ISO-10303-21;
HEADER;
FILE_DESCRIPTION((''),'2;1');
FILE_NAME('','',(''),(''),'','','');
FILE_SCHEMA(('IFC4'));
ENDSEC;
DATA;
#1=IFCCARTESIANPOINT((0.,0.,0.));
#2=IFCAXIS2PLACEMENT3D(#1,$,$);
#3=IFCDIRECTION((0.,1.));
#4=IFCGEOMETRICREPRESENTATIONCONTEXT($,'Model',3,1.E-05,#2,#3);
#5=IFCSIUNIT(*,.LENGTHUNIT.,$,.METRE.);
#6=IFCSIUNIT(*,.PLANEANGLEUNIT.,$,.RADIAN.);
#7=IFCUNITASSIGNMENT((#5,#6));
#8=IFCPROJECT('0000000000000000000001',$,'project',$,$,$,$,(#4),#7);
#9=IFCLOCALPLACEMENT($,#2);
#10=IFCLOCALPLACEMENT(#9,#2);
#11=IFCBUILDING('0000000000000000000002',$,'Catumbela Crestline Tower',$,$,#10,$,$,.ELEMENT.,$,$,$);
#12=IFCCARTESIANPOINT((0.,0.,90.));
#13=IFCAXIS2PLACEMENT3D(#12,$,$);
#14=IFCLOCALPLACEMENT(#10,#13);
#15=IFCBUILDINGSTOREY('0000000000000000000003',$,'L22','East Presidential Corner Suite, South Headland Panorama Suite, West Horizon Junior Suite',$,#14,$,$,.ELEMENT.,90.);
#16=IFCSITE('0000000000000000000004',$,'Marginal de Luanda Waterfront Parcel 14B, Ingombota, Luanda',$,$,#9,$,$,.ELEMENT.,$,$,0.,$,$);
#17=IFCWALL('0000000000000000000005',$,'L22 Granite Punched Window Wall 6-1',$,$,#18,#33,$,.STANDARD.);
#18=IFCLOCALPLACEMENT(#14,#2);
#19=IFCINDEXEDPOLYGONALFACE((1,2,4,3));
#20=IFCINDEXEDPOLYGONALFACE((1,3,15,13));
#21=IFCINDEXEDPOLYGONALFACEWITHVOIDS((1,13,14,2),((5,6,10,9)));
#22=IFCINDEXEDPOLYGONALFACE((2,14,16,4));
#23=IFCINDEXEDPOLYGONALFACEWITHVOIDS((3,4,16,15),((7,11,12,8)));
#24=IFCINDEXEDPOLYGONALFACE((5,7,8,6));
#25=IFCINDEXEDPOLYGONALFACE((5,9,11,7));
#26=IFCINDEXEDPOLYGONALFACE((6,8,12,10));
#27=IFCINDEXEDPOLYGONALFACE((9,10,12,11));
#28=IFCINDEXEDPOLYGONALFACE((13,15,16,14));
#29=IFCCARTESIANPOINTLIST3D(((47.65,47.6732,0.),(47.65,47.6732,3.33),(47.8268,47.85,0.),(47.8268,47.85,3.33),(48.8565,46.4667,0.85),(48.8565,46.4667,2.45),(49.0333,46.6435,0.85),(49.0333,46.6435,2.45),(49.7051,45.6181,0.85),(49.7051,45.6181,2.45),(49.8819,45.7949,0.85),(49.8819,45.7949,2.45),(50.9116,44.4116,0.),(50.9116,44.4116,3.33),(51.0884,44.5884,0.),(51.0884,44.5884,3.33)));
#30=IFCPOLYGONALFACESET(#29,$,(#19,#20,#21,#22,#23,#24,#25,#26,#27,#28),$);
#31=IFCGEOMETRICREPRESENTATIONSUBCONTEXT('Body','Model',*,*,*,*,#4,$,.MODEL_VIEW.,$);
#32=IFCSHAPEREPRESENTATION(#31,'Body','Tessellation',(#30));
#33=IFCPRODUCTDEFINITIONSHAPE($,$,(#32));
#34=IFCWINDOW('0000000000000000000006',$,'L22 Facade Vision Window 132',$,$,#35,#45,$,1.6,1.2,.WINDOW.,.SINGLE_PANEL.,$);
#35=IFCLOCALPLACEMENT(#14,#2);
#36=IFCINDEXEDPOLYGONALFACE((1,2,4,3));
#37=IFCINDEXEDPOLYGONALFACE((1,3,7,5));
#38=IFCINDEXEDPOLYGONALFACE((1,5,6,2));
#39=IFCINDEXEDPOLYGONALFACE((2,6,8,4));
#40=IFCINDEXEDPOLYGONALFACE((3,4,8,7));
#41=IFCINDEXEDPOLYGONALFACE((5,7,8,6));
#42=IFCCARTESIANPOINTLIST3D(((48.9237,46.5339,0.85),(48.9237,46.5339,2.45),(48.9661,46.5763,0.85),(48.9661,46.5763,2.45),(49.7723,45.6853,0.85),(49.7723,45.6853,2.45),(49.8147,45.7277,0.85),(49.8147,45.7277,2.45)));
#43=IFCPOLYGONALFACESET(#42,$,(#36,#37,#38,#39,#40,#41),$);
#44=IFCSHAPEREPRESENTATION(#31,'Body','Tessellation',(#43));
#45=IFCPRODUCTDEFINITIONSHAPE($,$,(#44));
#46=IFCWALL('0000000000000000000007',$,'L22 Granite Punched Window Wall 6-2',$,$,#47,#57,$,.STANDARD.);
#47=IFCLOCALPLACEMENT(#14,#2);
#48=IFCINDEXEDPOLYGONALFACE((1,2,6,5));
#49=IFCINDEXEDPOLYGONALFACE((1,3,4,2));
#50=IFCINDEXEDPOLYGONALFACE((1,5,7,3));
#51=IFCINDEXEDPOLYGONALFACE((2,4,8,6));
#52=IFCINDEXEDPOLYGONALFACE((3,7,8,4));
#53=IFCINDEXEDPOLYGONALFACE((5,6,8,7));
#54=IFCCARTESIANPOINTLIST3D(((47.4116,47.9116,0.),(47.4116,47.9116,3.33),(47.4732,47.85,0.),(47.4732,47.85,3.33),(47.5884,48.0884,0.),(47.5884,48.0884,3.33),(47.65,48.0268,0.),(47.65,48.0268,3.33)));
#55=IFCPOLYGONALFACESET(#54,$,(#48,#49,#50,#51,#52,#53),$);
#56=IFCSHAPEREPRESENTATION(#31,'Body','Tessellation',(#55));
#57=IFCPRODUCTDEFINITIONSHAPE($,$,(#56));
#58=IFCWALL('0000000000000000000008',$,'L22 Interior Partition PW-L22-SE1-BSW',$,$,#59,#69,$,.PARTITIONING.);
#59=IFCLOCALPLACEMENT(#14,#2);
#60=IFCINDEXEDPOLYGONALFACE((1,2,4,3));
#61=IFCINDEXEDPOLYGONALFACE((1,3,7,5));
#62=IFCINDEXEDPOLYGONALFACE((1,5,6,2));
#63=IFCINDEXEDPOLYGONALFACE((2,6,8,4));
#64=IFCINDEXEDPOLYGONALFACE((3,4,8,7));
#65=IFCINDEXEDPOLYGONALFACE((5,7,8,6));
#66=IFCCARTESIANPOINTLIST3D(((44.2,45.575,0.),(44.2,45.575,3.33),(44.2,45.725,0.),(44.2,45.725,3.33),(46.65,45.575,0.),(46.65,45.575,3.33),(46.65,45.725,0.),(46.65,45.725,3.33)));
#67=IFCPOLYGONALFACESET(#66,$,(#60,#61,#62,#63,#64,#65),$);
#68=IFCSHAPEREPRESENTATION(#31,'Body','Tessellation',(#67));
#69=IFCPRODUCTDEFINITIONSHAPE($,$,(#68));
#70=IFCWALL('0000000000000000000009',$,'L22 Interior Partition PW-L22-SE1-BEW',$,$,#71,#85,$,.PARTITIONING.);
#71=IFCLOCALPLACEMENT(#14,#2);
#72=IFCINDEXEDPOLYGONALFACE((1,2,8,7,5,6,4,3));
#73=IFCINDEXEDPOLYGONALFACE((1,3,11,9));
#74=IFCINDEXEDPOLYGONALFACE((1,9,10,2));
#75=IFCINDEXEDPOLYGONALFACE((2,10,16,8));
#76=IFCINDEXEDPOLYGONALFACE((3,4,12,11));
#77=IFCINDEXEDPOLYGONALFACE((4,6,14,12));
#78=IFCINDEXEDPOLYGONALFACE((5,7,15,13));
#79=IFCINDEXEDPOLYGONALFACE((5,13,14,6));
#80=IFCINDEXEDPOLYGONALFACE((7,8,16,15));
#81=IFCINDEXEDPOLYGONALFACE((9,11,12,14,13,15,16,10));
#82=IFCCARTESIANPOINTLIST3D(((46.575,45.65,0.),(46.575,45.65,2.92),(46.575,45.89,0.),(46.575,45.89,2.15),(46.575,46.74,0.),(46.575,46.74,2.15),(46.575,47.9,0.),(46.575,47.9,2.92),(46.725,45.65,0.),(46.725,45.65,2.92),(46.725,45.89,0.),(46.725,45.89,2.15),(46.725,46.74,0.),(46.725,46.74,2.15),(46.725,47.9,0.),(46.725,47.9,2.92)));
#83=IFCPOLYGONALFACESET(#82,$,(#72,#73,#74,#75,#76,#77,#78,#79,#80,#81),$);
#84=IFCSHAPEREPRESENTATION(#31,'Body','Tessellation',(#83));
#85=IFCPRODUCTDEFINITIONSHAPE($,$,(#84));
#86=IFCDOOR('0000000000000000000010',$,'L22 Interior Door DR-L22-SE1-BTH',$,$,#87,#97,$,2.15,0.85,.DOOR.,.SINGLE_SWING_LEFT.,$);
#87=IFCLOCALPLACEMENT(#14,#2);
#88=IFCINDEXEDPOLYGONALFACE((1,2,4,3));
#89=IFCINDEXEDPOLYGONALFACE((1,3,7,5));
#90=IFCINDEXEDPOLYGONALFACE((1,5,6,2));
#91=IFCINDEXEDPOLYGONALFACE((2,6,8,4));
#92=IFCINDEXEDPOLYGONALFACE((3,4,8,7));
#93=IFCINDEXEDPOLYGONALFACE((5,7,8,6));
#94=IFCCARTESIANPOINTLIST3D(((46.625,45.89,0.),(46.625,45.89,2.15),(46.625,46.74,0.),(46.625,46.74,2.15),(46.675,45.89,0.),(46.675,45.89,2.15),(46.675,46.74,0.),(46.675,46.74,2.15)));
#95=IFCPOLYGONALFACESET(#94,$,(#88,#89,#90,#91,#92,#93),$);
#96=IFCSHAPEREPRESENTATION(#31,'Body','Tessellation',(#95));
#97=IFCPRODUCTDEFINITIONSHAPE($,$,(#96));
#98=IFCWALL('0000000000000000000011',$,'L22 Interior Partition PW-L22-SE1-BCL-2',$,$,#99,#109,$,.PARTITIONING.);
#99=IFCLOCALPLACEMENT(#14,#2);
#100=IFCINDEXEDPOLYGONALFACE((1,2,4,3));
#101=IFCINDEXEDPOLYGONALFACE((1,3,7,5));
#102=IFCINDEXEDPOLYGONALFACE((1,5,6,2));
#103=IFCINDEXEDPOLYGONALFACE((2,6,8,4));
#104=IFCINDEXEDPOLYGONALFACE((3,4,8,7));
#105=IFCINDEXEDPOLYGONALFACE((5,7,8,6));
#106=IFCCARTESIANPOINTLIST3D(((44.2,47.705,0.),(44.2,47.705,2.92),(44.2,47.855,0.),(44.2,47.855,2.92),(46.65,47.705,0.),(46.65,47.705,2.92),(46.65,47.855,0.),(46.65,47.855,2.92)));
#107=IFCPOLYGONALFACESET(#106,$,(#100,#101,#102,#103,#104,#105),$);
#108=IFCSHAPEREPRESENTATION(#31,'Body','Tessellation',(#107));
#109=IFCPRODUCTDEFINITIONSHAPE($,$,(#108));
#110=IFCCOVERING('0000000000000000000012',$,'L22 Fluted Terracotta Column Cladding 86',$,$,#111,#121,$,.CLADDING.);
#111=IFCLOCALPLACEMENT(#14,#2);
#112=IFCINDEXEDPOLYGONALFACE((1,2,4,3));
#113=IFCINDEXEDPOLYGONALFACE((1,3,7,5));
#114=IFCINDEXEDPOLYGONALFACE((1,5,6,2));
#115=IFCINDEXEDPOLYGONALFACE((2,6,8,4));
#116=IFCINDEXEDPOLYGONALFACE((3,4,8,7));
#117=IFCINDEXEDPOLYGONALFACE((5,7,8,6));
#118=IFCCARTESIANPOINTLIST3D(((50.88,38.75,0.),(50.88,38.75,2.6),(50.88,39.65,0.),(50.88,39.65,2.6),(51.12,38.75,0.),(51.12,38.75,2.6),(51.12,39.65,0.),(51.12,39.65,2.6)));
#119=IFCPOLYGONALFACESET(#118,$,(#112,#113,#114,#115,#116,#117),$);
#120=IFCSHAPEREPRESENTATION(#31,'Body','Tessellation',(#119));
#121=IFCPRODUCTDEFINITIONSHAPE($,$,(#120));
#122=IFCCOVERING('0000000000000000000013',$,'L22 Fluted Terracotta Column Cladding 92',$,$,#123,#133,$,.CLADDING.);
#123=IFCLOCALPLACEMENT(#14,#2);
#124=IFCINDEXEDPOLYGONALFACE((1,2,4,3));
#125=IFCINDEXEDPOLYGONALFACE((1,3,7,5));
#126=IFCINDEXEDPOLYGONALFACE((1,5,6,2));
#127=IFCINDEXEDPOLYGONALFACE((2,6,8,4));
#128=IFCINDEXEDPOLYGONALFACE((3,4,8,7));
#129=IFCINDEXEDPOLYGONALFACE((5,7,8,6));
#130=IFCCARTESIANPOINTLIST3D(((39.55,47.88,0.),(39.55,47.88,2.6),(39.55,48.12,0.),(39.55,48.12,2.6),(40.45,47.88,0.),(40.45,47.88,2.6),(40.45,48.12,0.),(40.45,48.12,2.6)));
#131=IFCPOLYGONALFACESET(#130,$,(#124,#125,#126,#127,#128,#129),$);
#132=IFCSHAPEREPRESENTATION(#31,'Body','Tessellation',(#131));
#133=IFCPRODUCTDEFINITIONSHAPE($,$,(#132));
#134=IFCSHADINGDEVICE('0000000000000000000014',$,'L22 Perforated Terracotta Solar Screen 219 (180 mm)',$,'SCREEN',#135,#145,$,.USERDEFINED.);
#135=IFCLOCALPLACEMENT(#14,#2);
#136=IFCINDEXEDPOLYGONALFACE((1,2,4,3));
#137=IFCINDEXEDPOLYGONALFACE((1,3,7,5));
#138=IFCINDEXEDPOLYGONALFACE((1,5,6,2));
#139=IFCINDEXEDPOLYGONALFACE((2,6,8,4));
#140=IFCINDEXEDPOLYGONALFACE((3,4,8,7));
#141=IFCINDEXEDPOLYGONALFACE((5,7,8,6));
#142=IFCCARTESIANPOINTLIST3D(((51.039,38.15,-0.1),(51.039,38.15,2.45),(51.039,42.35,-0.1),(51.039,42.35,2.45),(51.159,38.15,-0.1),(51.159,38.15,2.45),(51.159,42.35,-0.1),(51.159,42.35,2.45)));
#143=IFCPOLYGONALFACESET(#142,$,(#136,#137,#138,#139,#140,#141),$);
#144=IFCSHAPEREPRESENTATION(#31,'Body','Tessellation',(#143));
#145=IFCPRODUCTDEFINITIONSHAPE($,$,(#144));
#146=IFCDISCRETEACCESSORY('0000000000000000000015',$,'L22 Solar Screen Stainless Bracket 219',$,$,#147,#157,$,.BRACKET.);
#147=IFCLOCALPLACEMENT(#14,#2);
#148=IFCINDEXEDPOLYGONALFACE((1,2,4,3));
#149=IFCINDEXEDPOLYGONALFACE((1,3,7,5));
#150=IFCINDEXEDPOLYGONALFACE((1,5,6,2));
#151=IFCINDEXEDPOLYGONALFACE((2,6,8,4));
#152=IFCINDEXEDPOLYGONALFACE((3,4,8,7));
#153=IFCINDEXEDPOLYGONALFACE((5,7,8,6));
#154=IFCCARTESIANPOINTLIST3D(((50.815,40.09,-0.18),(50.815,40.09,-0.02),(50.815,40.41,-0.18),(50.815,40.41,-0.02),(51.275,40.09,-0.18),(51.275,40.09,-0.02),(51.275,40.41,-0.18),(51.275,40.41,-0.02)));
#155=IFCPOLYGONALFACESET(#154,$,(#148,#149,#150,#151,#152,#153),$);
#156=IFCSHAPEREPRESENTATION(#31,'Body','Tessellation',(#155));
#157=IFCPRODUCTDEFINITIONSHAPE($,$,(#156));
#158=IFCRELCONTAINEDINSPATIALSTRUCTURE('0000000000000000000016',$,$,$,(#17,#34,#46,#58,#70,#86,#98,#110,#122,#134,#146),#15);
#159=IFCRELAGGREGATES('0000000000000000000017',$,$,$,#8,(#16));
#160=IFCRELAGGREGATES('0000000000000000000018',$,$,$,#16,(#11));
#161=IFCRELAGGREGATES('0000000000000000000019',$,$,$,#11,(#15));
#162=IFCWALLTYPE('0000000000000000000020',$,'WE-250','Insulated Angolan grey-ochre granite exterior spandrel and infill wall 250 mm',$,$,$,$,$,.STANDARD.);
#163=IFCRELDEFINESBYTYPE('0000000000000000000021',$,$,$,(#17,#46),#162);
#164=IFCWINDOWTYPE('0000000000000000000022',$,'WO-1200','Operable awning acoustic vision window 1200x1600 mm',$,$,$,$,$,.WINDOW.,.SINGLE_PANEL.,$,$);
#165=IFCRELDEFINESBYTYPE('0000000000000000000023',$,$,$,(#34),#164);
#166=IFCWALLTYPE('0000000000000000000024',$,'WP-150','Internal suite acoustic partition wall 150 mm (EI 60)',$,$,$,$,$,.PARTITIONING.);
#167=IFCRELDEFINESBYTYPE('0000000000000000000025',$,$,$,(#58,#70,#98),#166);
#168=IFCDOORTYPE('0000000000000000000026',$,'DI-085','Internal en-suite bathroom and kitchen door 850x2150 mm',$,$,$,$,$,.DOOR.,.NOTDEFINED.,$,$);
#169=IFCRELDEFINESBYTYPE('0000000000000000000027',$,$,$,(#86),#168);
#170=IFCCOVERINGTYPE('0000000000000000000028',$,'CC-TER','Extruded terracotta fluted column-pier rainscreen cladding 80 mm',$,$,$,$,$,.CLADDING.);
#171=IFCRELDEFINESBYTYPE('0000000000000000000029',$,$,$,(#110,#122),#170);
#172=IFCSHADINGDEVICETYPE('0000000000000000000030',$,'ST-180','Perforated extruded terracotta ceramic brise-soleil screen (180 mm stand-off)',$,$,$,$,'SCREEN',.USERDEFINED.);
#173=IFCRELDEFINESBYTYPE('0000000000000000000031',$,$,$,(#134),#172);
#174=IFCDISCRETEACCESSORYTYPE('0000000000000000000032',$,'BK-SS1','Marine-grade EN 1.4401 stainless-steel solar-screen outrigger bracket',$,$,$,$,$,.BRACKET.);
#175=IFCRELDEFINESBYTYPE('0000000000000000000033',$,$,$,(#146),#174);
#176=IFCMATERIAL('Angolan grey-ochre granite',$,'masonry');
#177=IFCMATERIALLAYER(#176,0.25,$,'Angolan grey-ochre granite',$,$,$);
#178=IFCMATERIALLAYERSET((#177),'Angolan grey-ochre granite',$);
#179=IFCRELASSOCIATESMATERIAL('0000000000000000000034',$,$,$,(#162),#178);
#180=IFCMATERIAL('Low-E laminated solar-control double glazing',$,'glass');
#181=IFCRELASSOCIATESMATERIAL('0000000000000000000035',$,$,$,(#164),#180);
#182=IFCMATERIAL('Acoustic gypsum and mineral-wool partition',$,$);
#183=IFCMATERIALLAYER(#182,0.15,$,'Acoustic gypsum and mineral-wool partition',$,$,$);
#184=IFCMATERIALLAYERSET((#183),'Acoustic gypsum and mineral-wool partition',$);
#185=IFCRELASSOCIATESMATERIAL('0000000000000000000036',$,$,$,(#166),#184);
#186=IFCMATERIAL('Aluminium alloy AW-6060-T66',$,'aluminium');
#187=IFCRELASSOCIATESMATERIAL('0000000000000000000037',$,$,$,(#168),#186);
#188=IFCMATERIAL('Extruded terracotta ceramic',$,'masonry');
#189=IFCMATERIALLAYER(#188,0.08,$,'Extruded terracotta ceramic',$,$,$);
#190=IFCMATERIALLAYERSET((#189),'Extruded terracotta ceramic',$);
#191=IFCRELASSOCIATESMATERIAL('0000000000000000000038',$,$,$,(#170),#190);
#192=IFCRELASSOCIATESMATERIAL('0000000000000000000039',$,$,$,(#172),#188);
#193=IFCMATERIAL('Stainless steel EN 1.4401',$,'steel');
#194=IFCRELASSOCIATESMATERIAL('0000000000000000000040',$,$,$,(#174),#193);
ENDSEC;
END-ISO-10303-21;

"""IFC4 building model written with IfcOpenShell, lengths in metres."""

from ifc_helpers import new_model, si_unit, direction, frame, frame_2d, origin, origin_2d, place, context, subcontext, project, spatial, rectangle, extrude, material, layer, layer_set, type_object, element, fill, save


model = new_model("IFC4")

# Units and contexts
model_context = context("Model", 3, precision=1e-05, world=origin(), true_north=direction((0.0, 1.0)))
body_context = subcontext(model_context, "Body", "Model", "MODEL_VIEW")
ifc_project = project(units=[si_unit("LENGTHUNIT", "METRE"), si_unit("PLANEANGLEUNIT", "RADIAN")], contexts=[model_context])

# Site, building, storey
site_placement = place(None, origin())
site = spatial("IfcSite", under=ifc_project, at=site_placement, Name="Marginal de Luanda Waterfront Parcel 14B, Ingombota, Luanda", CompositionType="ELEMENT", RefElevation=0.0)
building_placement = place(site_placement, origin())
building = spatial("IfcBuilding", under=site, at=building_placement, Name="Catumbela Crestline Tower", CompositionType="ELEMENT")
storey_placement = place(building_placement, frame((0.0, 0.0, 90.0)))
storey = spatial("IfcBuildingStorey", under=building, at=storey_placement, Name="L22", Description="East Presidential Corner Suite, South Headland Panorama Suite, West Horizon Junior Suite", CompositionType="ELEMENT", Elevation=90.0)

# Shared definitions
ifc_material_1 = material(Name="Aluminium alloy AW-6060-T66", Category="aluminium")

# Shared definitions
ifc_material_2 = material(Name="Low-E laminated solar-control double glazing", Category="glass")

# Shared definitions
ifc_material_3 = material(Name="Acoustic gypsum and mineral-wool partition")

# Wall, opening, window
ifc_material_4 = material(Name="Angolan grey-ochre granite", Category="masonry")
ifc_layer_1 = layer(ifc_material_4, 0.25, Name="Angolan grey-ochre granite")
ifc_layer_set_1 = layer_set([ifc_layer_1], Name="Angolan grey-ochre granite")
wall_type_1 = type_object("IfcWallType", Name="WE-250", Description="Insulated Angolan grey-ochre granite exterior spandrel and infill wall 250 mm", PredefinedType="STANDARD", material=ifc_layer_set_1)
wall_1_placement = place(storey_placement, frame((51.0, 44.5, 0.0), z_axis=(0.0, 0.0, 1.0), x_axis=(-0.707107, 0.707107, 0.0)))
wall_1 = element("IfcWall", 1, at=wall_1_placement, inside=storey, type_object=wall_type_1, Name="L22 Granite Punched Window Wall 6-1", PredefinedType="STANDARD", context=body_context, shape_type="SweptSolid", body=[
    extrude(rectangle(XDim=4.6126, YDim=0.25, at=frame_2d((2.3063, 0.0))), origin(), (0.0, 0.0, 1.0), 3.33),
])
opening_1_placement = place(wall_1_placement, frame((1.7063, 0.0, 0.85)))
opening_1 = element("IfcOpeningElement", 2, at=opening_1_placement, cuts=wall_1, PredefinedType="OPENING", context=body_context, shape_type="SweptSolid", body=[
    extrude(rectangle(XDim=1.2, YDim=1.6, at=frame_2d((0.6, 0.8))), frame((0.0, 0.135, 0.0), z_axis=(0.0, -1.0, 0.0), x_axis=(1.0, 0.0, 0.0)), (0.0, 0.0, 1.0), 0.27),
])
window_type = type_object("IfcWindowType", Name="WO-1200", Description="Operable awning acoustic vision window 1200x1600 mm", PartitioningType="SINGLE_PANEL", PredefinedType="WINDOW", material=ifc_material_2)
window_placement = place(opening_1_placement, origin())
window = element("IfcWindow", 3, at=window_placement, inside=storey, type_object=window_type, Name="L22 Facade Vision Window 132", OverallHeight=1.6, OverallWidth=1.2, PartitioningType="SINGLE_PANEL", PredefinedType="WINDOW", context=body_context, shape_type="SweptSolid", body=[
    extrude(rectangle(XDim=1.2, YDim=1.6, at=frame_2d((0.6, 0.8))), frame((0.0, 0.03, 0.0), z_axis=(0.0, -1.0, 0.0), x_axis=(1.0, 0.0, 0.0)), (0.0, 0.0, 1.0), 0.06),
])
fill(opening_1, window)

# Walls
wall_2_placement = place(storey_placement, frame((47.5616, 47.9384, 0.0), z_axis=(0.0, 0.0, 1.0), x_axis=(-0.707107, 0.707107, 0.0)))
element("IfcWall", 4, at=wall_2_placement, inside=storey, type_object=wall_type_1, Name="L22 Granite Punched Window Wall 6-2", PredefinedType="STANDARD", context=body_context, shape_type="SweptSolid", body=[
    extrude(rectangle(XDim=0.0871, YDim=0.25, at=frame_2d((0.0436, 0.0))), origin(), (0.0, 0.0, 1.0), 3.33),
])
ifc_layer_2 = layer(ifc_material_3, 0.15, Name="Acoustic gypsum and mineral-wool partition")
ifc_layer_set_2 = layer_set([ifc_layer_2], Name="Acoustic gypsum and mineral-wool partition")
wall_type_2 = type_object("IfcWallType", Name="WP-150", Description="Internal suite acoustic partition wall 150 mm (EI 60)", PredefinedType="PARTITIONING", material=ifc_layer_set_2)
wall_3_placement = place(storey_placement, frame((44.2, 45.65, 0.0), z_axis=(0.0, 0.0, 1.0), x_axis=(1.0, 0.0, 0.0)))
element("IfcWall", 5, at=wall_3_placement, inside=storey, type_object=wall_type_2, Name="L22 Interior Partition PW-L22-SE1-BSW", PredefinedType="PARTITIONING", context=body_context, shape_type="SweptSolid", body=[
    extrude(rectangle(XDim=2.45, YDim=0.15, at=frame_2d((1.225, 0.0))), origin(), (0.0, 0.0, 1.0), 3.33),
])

# Wall, opening, door
wall_4_placement = place(storey_placement, frame((46.65, 45.65, 0.0), z_axis=(0.0, 0.0, 1.0), x_axis=(0.0, 1.0, 0.0)))
wall_4 = element("IfcWall", 6, at=wall_4_placement, inside=storey, type_object=wall_type_2, Name="L22 Interior Partition PW-L22-SE1-BEW", PredefinedType="PARTITIONING", context=body_context, shape_type="SweptSolid", body=[
    extrude(rectangle(XDim=2.25, YDim=0.15, at=frame_2d((1.125, 0.0))), origin(), (0.0, 0.0, 1.0), 2.92),
])
opening_2_placement = place(wall_4_placement, frame((0.24, 0.0, 0.0)))
opening_2 = element("IfcOpeningElement", 7, at=opening_2_placement, cuts=wall_4, PredefinedType="OPENING", context=body_context, shape_type="SweptSolid", body=[
    extrude(rectangle(XDim=0.85, YDim=2.15, at=frame_2d((0.425, 1.075))), frame((0.0, 0.085, 0.0), z_axis=(0.0, -1.0, 0.0), x_axis=(1.0, 0.0, 0.0)), (0.0, 0.0, 1.0), 0.17),
])
door_type = type_object("IfcDoorType", Name="DI-085", Description="Internal en-suite bathroom and kitchen door 850x2150 mm", OperationType="NOTDEFINED", PredefinedType="DOOR", material=ifc_material_1)
door_placement = place(opening_2_placement, origin())
door = element("IfcDoor", 8, at=door_placement, inside=storey, type_object=door_type, Name="L22 Interior Door DR-L22-SE1-BTH", OperationType="SINGLE_SWING_LEFT", OverallHeight=2.15, OverallWidth=0.85, PredefinedType="DOOR", context=body_context, shape_type="SweptSolid", body=[
    extrude(rectangle(XDim=0.85, YDim=2.15, at=frame_2d((0.425, 1.075))), frame((0.0, 0.025, 0.0), z_axis=(0.0, -1.0, 0.0), x_axis=(1.0, 0.0, 0.0)), (0.0, 0.0, 1.0), 0.05),
])
fill(opening_2, door)

# Wall
wall_5_placement = place(storey_placement, frame((44.2, 47.78, 0.0), z_axis=(0.0, 0.0, 1.0), x_axis=(1.0, 0.0, 0.0)))
element("IfcWall", 9, at=wall_5_placement, inside=storey, type_object=wall_type_2, Name="L22 Interior Partition PW-L22-SE1-BCL-2", PredefinedType="PARTITIONING", context=body_context, shape_type="SweptSolid", body=[
    extrude(rectangle(XDim=2.45, YDim=0.15, at=frame_2d((1.225, 0.0))), origin(), (0.0, 0.0, 1.0), 2.92),
])

# Coverings
ifc_material_5 = material(Name="Extruded terracotta ceramic", Category="masonry")
ifc_layer_3 = layer(ifc_material_5, 0.08, Name="Extruded terracotta ceramic")
ifc_layer_set_3 = layer_set([ifc_layer_3], Name="Extruded terracotta ceramic")
covering_type = type_object("IfcCoveringType", Name="CC-TER", Description="Extruded terracotta fluted column-pier rainscreen cladding 80 mm", PredefinedType="CLADDING", material=ifc_layer_set_3)
for number, where, z_axis, x_axis, name in (
    (10, (51.0, 39.2, 0.0), (0.0, 0.0, 1.0), (0.0, 1.0, 0.0), "L22 Fluted Terracotta Column Cladding 86"),
    (11, (40.0, 48.0, 0.0), (0.0, 0.0, 1.0), (-1.0, 0.0, 0.0), "L22 Fluted Terracotta Column Cladding 92"),
):
    element("IfcCovering", number, at=place(storey_placement, frame(where, z_axis=z_axis, x_axis=x_axis)), inside=storey, type_object=covering_type, Name=name, PredefinedType="CLADDING", context=body_context, shape_type="SweptSolid", body=[
        extrude(rectangle(XDim=0.9, YDim=0.24, at=origin_2d()), origin(), (0.0, 0.0, 1.0), 2.6),
    ])

# Shading device
shading_device_type = type_object("IfcShadingDeviceType", Name="ST-180", Description="Perforated extruded terracotta ceramic brise-soleil screen (180 mm stand-off)", ElementType="SCREEN", PredefinedType="USERDEFINED", material=ifc_material_5)
shading_device_placement = place(storey_placement, frame((51.099, 40.25, -0.1), z_axis=(0.0, 0.0, 1.0), x_axis=(0.0, 1.0, 0.0)))
element("IfcShadingDevice", 12, at=shading_device_placement, inside=storey, type_object=shading_device_type, Name="L22 Perforated Terracotta Solar Screen 219 (180 mm)", ObjectType="SCREEN", PredefinedType="USERDEFINED", context=body_context, shape_type="SweptSolid", body=[
    extrude(rectangle(XDim=4.2, YDim=0.12, at=origin_2d()), origin(), (0.0, 0.0, 1.0), 2.55),
])

# Discrete accessory
ifc_material_6 = material(Name="Stainless steel EN 1.4401", Category="steel")
discrete_accessory_type = type_object("IfcDiscreteAccessoryType", Name="BK-SS1", Description="Marine-grade EN 1.4401 stainless-steel solar-screen outrigger bracket", PredefinedType="BRACKET", material=ifc_material_6)
discrete_accessory_placement = place(storey_placement, frame((51.045, 40.25, -0.18), z_axis=(0.0, 0.0, 1.0), x_axis=(0.0, 1.0, 0.0)))
element("IfcDiscreteAccessory", 13, at=discrete_accessory_placement, inside=storey, type_object=discrete_accessory_type, Name="L22 Solar Screen Stainless Bracket 219", PredefinedType="BRACKET", context=body_context, shape_type="SweptSolid", body=[
    extrude(rectangle(XDim=0.32, YDim=0.46, at=origin_2d()), origin(), (0.0, 0.0, 1.0), 0.16),
])

save(model, "model.ifc")
